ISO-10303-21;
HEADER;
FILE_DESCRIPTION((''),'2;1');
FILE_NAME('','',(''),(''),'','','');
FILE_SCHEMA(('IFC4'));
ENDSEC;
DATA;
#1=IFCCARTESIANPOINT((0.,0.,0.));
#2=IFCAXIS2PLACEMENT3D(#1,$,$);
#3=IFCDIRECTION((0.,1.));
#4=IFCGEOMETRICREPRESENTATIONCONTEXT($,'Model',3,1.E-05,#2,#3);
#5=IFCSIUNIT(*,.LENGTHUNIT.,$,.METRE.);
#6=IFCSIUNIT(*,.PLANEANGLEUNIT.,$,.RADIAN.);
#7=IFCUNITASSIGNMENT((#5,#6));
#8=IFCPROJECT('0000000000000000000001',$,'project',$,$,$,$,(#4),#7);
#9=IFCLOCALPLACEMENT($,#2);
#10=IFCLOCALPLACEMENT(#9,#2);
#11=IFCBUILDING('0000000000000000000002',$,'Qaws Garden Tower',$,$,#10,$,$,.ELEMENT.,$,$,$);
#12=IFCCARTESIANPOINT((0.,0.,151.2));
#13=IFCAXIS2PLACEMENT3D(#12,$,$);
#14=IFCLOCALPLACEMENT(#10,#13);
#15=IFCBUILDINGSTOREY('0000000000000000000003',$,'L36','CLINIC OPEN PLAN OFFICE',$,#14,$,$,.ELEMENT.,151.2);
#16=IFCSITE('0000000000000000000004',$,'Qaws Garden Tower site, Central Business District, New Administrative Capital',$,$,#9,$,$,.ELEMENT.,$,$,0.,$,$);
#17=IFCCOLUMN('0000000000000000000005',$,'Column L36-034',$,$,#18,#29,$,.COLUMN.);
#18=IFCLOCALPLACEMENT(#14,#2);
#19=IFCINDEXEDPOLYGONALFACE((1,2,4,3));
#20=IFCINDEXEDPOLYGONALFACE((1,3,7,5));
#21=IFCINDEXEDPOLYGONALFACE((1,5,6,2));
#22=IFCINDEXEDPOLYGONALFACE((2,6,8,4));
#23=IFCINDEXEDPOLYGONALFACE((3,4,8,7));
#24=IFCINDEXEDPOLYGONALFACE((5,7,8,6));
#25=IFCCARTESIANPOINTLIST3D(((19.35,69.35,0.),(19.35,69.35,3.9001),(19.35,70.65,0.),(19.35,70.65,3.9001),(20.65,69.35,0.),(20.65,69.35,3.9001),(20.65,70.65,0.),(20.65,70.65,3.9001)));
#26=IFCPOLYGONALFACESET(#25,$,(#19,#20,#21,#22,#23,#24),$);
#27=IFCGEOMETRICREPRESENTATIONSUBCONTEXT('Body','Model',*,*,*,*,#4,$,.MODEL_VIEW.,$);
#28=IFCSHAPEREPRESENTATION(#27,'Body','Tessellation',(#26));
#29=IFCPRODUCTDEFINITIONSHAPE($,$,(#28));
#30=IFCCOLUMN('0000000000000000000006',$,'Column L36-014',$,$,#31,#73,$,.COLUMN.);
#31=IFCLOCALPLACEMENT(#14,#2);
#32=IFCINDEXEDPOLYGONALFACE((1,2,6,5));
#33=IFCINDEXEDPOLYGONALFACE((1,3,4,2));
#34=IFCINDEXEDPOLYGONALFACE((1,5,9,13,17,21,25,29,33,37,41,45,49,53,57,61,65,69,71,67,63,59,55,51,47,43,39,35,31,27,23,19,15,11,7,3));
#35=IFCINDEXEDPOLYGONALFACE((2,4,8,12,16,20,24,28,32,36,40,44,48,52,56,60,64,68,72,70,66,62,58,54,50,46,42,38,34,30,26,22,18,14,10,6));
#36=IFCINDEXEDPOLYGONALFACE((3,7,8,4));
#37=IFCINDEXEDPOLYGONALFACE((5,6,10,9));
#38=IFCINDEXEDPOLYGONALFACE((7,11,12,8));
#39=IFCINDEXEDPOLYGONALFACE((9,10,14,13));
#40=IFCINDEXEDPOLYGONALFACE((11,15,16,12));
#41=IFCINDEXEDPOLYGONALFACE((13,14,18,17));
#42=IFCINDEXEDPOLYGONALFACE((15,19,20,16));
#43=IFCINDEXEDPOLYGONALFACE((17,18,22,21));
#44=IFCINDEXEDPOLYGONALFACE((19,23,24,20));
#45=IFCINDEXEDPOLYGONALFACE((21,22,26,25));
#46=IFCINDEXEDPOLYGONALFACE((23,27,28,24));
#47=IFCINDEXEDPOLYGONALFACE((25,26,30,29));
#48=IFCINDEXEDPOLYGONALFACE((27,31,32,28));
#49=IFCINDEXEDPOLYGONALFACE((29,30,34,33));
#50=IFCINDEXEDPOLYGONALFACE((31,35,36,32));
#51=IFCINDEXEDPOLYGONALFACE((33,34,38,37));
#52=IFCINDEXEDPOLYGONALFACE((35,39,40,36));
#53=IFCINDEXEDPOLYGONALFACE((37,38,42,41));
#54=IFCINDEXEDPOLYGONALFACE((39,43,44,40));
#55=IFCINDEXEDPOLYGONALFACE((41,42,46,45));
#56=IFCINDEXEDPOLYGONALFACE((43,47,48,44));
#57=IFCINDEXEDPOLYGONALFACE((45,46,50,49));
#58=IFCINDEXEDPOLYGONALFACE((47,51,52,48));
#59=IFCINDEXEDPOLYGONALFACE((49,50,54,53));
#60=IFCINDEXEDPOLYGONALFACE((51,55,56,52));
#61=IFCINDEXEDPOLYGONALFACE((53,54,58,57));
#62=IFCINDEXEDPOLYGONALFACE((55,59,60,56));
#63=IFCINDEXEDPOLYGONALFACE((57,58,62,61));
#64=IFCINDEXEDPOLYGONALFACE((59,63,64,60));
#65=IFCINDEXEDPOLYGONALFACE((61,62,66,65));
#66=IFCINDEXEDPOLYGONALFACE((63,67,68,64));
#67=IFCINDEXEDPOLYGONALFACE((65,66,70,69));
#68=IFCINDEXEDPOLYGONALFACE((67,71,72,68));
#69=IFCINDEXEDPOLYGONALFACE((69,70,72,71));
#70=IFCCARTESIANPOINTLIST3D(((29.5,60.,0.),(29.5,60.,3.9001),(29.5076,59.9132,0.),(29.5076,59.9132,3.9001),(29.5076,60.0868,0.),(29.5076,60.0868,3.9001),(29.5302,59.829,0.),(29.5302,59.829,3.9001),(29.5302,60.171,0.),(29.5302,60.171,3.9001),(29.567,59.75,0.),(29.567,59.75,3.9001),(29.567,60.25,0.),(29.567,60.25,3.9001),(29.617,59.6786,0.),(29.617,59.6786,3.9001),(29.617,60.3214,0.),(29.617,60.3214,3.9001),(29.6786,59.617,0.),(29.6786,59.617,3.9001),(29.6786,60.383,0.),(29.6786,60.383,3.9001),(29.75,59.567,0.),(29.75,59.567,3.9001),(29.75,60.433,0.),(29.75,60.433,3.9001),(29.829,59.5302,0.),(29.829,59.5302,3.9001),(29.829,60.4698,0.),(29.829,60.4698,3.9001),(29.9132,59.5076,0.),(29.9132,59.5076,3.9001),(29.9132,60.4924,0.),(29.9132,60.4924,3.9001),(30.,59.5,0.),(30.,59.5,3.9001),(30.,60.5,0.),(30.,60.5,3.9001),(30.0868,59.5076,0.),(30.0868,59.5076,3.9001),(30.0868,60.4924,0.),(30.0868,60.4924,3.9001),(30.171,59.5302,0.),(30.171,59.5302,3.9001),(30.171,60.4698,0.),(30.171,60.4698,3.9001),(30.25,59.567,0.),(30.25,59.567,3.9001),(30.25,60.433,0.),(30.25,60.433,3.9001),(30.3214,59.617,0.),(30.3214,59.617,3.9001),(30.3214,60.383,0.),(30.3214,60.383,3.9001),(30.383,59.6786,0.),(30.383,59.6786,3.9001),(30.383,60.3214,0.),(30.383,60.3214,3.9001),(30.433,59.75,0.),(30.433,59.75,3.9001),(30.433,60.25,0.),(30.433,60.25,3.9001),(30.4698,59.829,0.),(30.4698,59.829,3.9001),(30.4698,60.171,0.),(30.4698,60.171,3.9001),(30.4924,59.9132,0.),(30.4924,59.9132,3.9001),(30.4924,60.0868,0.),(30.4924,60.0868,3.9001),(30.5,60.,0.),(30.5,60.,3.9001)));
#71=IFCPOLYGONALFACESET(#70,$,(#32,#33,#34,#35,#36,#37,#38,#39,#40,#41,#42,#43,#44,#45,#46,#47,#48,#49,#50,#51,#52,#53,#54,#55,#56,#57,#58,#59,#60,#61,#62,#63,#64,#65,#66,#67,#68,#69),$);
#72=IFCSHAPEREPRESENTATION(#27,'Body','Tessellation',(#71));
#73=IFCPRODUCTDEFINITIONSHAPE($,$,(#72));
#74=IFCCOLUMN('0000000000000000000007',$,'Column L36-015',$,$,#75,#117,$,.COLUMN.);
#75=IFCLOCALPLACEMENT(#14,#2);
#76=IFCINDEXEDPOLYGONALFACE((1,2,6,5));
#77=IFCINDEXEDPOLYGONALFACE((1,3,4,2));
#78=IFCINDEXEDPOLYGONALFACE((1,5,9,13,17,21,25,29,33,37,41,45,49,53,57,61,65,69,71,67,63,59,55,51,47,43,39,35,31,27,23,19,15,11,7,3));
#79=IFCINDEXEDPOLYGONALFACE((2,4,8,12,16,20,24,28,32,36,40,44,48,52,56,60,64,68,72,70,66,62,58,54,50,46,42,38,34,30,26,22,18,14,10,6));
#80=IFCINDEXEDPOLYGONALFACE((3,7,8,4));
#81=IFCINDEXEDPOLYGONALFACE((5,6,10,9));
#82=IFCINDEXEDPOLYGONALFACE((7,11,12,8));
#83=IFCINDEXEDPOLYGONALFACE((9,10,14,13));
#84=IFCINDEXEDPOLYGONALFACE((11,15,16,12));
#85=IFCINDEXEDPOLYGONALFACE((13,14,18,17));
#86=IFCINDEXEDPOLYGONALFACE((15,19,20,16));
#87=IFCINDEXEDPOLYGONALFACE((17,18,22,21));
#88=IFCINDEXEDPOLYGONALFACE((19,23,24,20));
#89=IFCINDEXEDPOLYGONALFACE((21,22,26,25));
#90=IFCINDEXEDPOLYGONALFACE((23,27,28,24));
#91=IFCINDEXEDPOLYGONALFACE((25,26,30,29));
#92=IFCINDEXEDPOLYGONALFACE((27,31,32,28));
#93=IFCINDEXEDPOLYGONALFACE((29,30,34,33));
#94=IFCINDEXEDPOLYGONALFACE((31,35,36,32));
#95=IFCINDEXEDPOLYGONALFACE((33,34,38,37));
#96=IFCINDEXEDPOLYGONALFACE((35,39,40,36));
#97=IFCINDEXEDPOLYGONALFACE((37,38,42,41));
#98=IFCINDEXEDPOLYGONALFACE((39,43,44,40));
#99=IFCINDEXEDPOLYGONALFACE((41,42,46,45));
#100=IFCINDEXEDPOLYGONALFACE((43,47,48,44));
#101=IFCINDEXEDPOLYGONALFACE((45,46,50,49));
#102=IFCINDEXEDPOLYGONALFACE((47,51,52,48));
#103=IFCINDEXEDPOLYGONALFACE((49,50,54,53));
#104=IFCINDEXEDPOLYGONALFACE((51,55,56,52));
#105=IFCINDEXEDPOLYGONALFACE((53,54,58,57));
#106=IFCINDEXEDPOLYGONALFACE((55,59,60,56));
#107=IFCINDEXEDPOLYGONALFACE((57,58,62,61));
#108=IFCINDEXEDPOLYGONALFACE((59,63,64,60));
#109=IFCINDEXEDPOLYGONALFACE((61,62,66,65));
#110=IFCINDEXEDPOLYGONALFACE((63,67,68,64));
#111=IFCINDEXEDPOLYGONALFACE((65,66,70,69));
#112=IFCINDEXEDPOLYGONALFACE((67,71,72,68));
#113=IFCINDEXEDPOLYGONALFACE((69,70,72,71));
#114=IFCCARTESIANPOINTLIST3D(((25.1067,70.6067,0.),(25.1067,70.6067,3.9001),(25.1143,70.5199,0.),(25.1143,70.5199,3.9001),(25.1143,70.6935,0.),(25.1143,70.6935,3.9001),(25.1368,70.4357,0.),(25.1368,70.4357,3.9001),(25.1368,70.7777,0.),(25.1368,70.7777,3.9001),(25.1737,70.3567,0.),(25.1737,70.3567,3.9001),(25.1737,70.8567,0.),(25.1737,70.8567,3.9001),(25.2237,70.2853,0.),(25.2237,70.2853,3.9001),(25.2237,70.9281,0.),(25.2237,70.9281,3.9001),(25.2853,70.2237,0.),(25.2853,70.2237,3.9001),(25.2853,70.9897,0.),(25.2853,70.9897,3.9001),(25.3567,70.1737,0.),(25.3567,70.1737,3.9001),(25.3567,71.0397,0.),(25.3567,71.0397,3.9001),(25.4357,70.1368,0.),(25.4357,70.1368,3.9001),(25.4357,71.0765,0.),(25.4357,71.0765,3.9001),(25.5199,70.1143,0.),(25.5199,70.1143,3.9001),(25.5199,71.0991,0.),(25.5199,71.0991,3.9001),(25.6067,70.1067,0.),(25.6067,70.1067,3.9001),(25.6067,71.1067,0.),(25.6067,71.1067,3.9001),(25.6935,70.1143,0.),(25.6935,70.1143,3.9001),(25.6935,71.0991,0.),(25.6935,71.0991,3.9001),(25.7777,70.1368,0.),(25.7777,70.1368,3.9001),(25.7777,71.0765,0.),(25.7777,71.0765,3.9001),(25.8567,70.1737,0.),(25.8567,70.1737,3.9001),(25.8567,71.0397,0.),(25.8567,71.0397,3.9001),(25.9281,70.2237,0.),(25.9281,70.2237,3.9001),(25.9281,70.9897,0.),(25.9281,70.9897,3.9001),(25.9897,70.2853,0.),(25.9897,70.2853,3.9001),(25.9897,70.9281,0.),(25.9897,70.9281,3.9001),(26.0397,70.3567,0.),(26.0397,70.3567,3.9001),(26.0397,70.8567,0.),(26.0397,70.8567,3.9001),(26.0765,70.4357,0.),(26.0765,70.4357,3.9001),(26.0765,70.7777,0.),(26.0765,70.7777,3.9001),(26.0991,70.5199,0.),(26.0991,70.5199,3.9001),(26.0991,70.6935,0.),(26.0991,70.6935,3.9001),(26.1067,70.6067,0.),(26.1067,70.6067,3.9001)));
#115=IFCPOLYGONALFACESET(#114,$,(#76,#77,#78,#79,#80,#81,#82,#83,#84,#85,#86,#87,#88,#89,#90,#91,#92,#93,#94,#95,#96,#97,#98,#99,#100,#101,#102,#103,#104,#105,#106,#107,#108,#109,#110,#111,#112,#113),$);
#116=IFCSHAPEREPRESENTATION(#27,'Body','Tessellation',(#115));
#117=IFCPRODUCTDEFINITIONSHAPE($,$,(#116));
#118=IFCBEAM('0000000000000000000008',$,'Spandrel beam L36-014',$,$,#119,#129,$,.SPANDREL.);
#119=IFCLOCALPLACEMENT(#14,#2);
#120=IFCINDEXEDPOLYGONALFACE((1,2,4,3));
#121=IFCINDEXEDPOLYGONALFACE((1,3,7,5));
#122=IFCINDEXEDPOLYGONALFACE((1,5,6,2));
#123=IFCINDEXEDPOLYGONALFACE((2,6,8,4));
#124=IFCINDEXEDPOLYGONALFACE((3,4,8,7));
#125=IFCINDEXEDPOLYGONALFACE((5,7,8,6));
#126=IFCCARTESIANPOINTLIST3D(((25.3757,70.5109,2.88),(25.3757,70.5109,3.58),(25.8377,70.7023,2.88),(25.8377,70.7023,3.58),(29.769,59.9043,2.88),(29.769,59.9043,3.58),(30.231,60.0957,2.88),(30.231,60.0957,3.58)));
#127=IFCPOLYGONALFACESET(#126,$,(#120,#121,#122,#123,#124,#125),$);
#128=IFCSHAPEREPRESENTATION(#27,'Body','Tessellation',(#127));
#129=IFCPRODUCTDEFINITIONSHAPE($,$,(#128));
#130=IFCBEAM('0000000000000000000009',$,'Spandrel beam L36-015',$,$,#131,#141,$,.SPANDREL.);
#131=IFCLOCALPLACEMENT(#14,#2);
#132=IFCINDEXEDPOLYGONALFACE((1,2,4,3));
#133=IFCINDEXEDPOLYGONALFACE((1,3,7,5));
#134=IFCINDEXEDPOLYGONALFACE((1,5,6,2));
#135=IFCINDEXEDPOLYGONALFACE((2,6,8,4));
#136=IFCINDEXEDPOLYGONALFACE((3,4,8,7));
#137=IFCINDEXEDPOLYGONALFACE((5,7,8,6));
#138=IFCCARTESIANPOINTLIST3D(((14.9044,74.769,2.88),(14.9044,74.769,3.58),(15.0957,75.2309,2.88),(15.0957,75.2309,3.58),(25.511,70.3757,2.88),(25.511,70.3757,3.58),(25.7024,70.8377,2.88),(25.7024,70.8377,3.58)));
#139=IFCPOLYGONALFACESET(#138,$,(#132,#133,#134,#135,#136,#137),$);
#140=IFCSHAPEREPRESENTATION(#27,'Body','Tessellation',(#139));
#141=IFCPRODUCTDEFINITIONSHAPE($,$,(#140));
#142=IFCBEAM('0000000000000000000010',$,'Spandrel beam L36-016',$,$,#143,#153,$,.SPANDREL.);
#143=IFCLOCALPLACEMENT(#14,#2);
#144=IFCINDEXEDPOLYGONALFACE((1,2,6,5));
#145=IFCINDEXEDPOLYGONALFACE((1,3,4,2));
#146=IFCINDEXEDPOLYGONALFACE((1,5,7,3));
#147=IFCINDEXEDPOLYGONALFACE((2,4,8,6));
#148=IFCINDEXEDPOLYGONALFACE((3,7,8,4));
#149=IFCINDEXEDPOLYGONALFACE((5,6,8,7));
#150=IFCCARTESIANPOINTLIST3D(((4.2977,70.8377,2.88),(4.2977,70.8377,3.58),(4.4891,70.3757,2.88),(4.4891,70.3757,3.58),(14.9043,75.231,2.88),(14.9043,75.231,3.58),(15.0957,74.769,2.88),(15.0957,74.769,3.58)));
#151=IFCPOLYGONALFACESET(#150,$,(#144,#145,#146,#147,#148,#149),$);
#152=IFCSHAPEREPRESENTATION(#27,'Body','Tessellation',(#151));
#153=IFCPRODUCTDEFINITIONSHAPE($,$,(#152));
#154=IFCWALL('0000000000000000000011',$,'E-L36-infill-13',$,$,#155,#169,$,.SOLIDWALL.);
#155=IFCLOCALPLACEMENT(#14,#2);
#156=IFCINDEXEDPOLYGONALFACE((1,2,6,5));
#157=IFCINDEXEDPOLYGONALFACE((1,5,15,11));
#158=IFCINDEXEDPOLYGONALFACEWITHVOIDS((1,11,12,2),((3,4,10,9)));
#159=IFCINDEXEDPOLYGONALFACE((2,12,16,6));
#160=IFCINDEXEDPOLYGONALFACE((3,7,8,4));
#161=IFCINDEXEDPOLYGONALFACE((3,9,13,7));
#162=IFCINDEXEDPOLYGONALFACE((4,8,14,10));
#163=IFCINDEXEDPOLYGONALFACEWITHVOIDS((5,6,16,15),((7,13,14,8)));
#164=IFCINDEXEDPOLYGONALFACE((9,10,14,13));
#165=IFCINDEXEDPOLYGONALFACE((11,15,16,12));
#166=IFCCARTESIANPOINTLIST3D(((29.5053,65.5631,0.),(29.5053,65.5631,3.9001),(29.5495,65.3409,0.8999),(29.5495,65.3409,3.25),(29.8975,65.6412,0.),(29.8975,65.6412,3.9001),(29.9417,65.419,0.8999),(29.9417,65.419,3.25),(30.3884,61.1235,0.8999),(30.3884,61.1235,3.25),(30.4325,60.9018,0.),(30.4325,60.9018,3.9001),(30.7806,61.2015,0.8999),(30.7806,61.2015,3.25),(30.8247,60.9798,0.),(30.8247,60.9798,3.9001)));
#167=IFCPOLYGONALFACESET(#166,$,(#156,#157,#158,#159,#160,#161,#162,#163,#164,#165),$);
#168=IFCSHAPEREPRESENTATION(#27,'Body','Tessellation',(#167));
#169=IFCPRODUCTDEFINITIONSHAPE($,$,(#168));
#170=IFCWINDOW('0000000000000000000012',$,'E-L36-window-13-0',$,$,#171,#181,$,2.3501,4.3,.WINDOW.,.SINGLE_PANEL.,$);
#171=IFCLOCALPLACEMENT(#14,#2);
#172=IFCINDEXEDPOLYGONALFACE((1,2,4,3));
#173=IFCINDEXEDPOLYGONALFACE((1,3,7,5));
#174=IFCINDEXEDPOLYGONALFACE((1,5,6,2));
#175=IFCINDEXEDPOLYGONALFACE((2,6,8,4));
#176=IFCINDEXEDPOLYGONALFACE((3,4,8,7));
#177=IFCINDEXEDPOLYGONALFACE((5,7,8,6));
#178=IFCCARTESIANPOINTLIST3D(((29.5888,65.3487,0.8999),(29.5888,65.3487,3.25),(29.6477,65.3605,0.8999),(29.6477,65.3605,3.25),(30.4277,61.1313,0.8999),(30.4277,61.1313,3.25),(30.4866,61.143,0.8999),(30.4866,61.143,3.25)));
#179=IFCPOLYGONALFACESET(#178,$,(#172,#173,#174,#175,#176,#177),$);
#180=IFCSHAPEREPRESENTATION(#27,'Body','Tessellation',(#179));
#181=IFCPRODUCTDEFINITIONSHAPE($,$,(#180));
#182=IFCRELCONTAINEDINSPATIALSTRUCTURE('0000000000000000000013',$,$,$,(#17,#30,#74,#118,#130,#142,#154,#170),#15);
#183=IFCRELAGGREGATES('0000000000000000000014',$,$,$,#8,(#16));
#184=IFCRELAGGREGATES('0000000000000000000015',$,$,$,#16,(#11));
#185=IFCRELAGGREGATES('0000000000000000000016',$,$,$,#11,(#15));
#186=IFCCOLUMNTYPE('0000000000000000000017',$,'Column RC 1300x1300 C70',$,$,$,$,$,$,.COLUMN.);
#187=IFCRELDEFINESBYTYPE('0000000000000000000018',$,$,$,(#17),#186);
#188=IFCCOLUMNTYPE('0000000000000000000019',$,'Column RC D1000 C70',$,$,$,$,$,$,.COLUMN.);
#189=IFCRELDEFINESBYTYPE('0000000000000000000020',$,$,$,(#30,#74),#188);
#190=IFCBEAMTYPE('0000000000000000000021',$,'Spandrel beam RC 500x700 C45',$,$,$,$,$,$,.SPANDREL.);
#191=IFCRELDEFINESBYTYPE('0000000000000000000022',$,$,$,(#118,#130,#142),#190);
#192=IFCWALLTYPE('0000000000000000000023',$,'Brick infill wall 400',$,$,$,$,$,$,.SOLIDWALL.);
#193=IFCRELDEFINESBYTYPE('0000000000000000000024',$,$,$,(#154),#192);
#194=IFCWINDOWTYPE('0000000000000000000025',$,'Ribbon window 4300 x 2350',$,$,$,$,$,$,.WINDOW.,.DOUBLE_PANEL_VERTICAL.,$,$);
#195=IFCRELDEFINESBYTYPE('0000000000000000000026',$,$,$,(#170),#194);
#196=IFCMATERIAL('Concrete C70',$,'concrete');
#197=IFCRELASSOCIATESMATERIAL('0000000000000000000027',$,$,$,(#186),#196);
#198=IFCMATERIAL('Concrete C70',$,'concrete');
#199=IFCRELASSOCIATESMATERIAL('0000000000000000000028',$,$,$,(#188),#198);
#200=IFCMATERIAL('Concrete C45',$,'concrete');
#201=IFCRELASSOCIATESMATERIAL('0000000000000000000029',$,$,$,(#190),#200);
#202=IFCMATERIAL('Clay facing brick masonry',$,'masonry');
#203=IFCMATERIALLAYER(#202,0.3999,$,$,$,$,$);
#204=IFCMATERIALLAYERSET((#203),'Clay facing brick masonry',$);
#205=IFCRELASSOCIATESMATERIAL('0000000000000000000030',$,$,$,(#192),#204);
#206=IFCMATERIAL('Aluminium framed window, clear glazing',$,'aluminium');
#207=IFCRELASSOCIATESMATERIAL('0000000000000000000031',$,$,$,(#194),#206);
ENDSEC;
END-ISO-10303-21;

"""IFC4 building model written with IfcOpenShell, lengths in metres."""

from ifc_helpers import new_model, si_unit, direction, frame, frame_2d, origin, origin_2d, place, context, subcontext, project, spatial, rectangle, circle, extrude, material, layer, layer_set, material_profile, profile_set, type_object, element, fill, save


model = new_model("IFC4")

# Units and contexts
model_context = context("Model", 3, precision=1e-05, world=origin(), true_north=direction((0.0, 1.0)))
body_context = subcontext(model_context, "Body", "Model", "MODEL_VIEW")
ifc_project = project(units=[si_unit("LENGTHUNIT", "METRE"), si_unit("PLANEANGLEUNIT", "RADIAN")], contexts=[model_context])

# Site, building, storey
site_placement = place(None, origin())
site = spatial("IfcSite", under=ifc_project, at=site_placement, Name="Qaws Garden Tower site, Central Business District, New Administrative Capital", CompositionType="ELEMENT", RefElevation=0.0)
building_placement = place(site_placement, origin())
building = spatial("IfcBuilding", under=site, at=building_placement, Name="Qaws Garden Tower", CompositionType="ELEMENT")
storey_placement = place(building_placement, frame((0.0, 0.0, 151.2)))
storey = spatial("IfcBuildingStorey", under=building, at=storey_placement, Name="L36", Description="CLINIC OPEN PLAN OFFICE", CompositionType="ELEMENT", Elevation=151.2)

# Columns
ifc_material_1 = material(Name="Concrete C70", Category="concrete")
ifc_material_profile_1 = material_profile(ifc_material_1, rectangle(XDim=1.3, YDim=1.3, at=origin_2d()), Name="RC 1300x1300")
ifc_profile_set_1 = profile_set([ifc_material_profile_1], Name="Concrete C70")
column_type_1 = type_object("IfcColumnType", Name="Column RC 1300x1300 C70", PredefinedType="COLUMN", material=ifc_profile_set_1)
column_placement = place(storey_placement, frame((20.0, 70.0, 0.0), z_axis=(0.0, 0.0, 1.0), x_axis=(1.0, 0.0, 0.0)))
element("IfcColumn", 1, at=column_placement, inside=storey, type_object=column_type_1, Name="Column L36-034", PredefinedType="COLUMN", context=body_context, shape_type="SweptSolid", body=[
    extrude(rectangle(XDim=1.3, YDim=1.3, at=origin_2d()), origin(), (0.0, 0.0, 1.0), 3.9001),
])
ifc_material_2 = material(Name="Concrete C70", Category="concrete")
ifc_material_profile_2 = material_profile(ifc_material_2, circle(Radius=0.5, at=origin_2d()), Name="RC D1000")
ifc_profile_set_2 = profile_set([ifc_material_profile_2], Name="Concrete C70")
column_type_2 = type_object("IfcColumnType", Name="Column RC D1000 C70", PredefinedType="COLUMN", material=ifc_profile_set_2)
for number, where, z_axis, x_axis, name in (
    (2, (30.0, 60.0, 0.0), (0.0, 0.0, 1.0), (1.0, 0.0, 0.0), "Column L36-014"),
    (3, (25.6067, 70.6067, 0.0), (0.0, 0.0, 1.0), (1.0, 0.0, 0.0), "Column L36-015"),
):
    element("IfcColumn", number, at=place(storey_placement, frame(where, z_axis=z_axis, x_axis=x_axis)), inside=storey, type_object=column_type_2, Name=name, PredefinedType="COLUMN", context=body_context, shape_type="SweptSolid", body=[
        extrude(circle(Radius=0.5, at=origin_2d()), origin(), (0.0, 0.0, 1.0), 3.9001),
    ])

# Beams
ifc_material_3 = material(Name="Concrete C45", Category="concrete")
ifc_material_profile_3 = material_profile(ifc_material_3, rectangle(XDim=0.5, YDim=0.7, at=origin_2d()), Name="RC 500x700")
ifc_profile_set_3 = profile_set([ifc_material_profile_3], Name="Concrete C45")
beam_type = type_object("IfcBeamType", Name="Spandrel beam RC 500x700 C45", PredefinedType="SPANDREL", material=ifc_profile_set_3)
for number, where, z_axis, x_axis, name in (
    (4, (30.0, 60.0, 3.23), (-0.382674, 0.923883, 0.0), (-0.923883, -0.382674, 0.0), "Spandrel beam L36-014"),
    (5, (25.6067, 70.6067, 3.23), (-0.923883, 0.382674, 0.0), (-0.382674, -0.923883, 0.0), "Spandrel beam L36-015"),
    (6, (15.0, 75.0, 3.23), (-0.923883, -0.382674, 0.0), (0.382674, -0.923883, 0.0), "Spandrel beam L36-016"),
):
    element("IfcBeam", number, at=place(storey_placement, frame(where, z_axis=z_axis, x_axis=x_axis)), inside=storey, type_object=beam_type, Name=name, PredefinedType="SPANDREL", context=body_context, shape_type="SweptSolid", body=[
        extrude(rectangle(XDim=0.5, YDim=0.7, at=origin_2d()), origin(), (0.0, 0.0, 1.0), 11.4805),
    ])

# Wall, opening, window
ifc_material_4 = material(Name="Clay facing brick masonry", Category="masonry")
ifc_layer_1 = layer(ifc_material_4, 0.3999)
ifc_layer_set_1 = layer_set([ifc_layer_1], Name="Clay facing brick masonry")
wall_type_1 = type_object("IfcWallType", Name="Brick infill wall 400", PredefinedType="SOLIDWALL", material=ifc_layer_set_1)
wall_1_placement = place(storey_placement, frame((30.6287, 60.9407, 0.0), z_axis=(0.0, 0.0, 1.0), x_axis=(-0.195099, 0.980784, 0.0)))
wall_1 = element("IfcWall", 7, at=wall_1_placement, inside=storey, type_object=wall_type_1, Name="E-L36-infill-13", PredefinedType="SOLIDWALL", context=body_context, shape_type="SweptSolid", body=[
    extrude(rectangle(XDim=4.7527, YDim=0.3999, at=frame_2d((2.3765, 0.0))), origin(), (0.0, 0.0, 1.0), 3.9001),
])
opening_1_placement = place(wall_1_placement, frame((0.2263, 0.0, 0.8999)))
opening_1 = element("IfcOpeningElement", 8, at=opening_1_placement, cuts=wall_1, PredefinedType="OPENING", context=body_context, shape_type="SweptSolid", body=[
    extrude(rectangle(XDim=4.3, YDim=2.3501, at=frame_2d((2.1499, 1.175))), frame((0.0, 0.21, 0.0), z_axis=(0.0, -1.0, 0.0), x_axis=(1.0, 0.0, 0.0)), (0.0, 0.0, 1.0), 0.4199),
])
ifc_material_5 = material(Name="Aluminium framed window, clear glazing", Category="aluminium")
window_type = type_object("IfcWindowType", Name="Ribbon window 4300 x 2350", PartitioningType="DOUBLE_PANEL_VERTICAL", PredefinedType="WINDOW", material=ifc_material_5)
window_1_placement = place(opening_1_placement, origin())
window_1 = element("IfcWindow", 9, at=window_1_placement, inside=storey, type_object=window_type, Name="E-L36-window-13-0", OverallHeight=2.3501, OverallWidth=4.3, PartitioningType="SINGLE_PANEL", PredefinedType="WINDOW", context=body_context, shape_type="SweptSolid", body=[
    extrude(rectangle(XDim=4.3, YDim=2.3501, at=frame_2d((2.1499, 1.175))), frame((0.0, 0.1599, 0.0), z_axis=(0.0, -1.0, 0.0), x_axis=(1.0, 0.0, 0.0)), (0.0, 0.0, 1.0), 0.0601),
])
fill(opening_1, window_1)

save(model, "model.ifc")
